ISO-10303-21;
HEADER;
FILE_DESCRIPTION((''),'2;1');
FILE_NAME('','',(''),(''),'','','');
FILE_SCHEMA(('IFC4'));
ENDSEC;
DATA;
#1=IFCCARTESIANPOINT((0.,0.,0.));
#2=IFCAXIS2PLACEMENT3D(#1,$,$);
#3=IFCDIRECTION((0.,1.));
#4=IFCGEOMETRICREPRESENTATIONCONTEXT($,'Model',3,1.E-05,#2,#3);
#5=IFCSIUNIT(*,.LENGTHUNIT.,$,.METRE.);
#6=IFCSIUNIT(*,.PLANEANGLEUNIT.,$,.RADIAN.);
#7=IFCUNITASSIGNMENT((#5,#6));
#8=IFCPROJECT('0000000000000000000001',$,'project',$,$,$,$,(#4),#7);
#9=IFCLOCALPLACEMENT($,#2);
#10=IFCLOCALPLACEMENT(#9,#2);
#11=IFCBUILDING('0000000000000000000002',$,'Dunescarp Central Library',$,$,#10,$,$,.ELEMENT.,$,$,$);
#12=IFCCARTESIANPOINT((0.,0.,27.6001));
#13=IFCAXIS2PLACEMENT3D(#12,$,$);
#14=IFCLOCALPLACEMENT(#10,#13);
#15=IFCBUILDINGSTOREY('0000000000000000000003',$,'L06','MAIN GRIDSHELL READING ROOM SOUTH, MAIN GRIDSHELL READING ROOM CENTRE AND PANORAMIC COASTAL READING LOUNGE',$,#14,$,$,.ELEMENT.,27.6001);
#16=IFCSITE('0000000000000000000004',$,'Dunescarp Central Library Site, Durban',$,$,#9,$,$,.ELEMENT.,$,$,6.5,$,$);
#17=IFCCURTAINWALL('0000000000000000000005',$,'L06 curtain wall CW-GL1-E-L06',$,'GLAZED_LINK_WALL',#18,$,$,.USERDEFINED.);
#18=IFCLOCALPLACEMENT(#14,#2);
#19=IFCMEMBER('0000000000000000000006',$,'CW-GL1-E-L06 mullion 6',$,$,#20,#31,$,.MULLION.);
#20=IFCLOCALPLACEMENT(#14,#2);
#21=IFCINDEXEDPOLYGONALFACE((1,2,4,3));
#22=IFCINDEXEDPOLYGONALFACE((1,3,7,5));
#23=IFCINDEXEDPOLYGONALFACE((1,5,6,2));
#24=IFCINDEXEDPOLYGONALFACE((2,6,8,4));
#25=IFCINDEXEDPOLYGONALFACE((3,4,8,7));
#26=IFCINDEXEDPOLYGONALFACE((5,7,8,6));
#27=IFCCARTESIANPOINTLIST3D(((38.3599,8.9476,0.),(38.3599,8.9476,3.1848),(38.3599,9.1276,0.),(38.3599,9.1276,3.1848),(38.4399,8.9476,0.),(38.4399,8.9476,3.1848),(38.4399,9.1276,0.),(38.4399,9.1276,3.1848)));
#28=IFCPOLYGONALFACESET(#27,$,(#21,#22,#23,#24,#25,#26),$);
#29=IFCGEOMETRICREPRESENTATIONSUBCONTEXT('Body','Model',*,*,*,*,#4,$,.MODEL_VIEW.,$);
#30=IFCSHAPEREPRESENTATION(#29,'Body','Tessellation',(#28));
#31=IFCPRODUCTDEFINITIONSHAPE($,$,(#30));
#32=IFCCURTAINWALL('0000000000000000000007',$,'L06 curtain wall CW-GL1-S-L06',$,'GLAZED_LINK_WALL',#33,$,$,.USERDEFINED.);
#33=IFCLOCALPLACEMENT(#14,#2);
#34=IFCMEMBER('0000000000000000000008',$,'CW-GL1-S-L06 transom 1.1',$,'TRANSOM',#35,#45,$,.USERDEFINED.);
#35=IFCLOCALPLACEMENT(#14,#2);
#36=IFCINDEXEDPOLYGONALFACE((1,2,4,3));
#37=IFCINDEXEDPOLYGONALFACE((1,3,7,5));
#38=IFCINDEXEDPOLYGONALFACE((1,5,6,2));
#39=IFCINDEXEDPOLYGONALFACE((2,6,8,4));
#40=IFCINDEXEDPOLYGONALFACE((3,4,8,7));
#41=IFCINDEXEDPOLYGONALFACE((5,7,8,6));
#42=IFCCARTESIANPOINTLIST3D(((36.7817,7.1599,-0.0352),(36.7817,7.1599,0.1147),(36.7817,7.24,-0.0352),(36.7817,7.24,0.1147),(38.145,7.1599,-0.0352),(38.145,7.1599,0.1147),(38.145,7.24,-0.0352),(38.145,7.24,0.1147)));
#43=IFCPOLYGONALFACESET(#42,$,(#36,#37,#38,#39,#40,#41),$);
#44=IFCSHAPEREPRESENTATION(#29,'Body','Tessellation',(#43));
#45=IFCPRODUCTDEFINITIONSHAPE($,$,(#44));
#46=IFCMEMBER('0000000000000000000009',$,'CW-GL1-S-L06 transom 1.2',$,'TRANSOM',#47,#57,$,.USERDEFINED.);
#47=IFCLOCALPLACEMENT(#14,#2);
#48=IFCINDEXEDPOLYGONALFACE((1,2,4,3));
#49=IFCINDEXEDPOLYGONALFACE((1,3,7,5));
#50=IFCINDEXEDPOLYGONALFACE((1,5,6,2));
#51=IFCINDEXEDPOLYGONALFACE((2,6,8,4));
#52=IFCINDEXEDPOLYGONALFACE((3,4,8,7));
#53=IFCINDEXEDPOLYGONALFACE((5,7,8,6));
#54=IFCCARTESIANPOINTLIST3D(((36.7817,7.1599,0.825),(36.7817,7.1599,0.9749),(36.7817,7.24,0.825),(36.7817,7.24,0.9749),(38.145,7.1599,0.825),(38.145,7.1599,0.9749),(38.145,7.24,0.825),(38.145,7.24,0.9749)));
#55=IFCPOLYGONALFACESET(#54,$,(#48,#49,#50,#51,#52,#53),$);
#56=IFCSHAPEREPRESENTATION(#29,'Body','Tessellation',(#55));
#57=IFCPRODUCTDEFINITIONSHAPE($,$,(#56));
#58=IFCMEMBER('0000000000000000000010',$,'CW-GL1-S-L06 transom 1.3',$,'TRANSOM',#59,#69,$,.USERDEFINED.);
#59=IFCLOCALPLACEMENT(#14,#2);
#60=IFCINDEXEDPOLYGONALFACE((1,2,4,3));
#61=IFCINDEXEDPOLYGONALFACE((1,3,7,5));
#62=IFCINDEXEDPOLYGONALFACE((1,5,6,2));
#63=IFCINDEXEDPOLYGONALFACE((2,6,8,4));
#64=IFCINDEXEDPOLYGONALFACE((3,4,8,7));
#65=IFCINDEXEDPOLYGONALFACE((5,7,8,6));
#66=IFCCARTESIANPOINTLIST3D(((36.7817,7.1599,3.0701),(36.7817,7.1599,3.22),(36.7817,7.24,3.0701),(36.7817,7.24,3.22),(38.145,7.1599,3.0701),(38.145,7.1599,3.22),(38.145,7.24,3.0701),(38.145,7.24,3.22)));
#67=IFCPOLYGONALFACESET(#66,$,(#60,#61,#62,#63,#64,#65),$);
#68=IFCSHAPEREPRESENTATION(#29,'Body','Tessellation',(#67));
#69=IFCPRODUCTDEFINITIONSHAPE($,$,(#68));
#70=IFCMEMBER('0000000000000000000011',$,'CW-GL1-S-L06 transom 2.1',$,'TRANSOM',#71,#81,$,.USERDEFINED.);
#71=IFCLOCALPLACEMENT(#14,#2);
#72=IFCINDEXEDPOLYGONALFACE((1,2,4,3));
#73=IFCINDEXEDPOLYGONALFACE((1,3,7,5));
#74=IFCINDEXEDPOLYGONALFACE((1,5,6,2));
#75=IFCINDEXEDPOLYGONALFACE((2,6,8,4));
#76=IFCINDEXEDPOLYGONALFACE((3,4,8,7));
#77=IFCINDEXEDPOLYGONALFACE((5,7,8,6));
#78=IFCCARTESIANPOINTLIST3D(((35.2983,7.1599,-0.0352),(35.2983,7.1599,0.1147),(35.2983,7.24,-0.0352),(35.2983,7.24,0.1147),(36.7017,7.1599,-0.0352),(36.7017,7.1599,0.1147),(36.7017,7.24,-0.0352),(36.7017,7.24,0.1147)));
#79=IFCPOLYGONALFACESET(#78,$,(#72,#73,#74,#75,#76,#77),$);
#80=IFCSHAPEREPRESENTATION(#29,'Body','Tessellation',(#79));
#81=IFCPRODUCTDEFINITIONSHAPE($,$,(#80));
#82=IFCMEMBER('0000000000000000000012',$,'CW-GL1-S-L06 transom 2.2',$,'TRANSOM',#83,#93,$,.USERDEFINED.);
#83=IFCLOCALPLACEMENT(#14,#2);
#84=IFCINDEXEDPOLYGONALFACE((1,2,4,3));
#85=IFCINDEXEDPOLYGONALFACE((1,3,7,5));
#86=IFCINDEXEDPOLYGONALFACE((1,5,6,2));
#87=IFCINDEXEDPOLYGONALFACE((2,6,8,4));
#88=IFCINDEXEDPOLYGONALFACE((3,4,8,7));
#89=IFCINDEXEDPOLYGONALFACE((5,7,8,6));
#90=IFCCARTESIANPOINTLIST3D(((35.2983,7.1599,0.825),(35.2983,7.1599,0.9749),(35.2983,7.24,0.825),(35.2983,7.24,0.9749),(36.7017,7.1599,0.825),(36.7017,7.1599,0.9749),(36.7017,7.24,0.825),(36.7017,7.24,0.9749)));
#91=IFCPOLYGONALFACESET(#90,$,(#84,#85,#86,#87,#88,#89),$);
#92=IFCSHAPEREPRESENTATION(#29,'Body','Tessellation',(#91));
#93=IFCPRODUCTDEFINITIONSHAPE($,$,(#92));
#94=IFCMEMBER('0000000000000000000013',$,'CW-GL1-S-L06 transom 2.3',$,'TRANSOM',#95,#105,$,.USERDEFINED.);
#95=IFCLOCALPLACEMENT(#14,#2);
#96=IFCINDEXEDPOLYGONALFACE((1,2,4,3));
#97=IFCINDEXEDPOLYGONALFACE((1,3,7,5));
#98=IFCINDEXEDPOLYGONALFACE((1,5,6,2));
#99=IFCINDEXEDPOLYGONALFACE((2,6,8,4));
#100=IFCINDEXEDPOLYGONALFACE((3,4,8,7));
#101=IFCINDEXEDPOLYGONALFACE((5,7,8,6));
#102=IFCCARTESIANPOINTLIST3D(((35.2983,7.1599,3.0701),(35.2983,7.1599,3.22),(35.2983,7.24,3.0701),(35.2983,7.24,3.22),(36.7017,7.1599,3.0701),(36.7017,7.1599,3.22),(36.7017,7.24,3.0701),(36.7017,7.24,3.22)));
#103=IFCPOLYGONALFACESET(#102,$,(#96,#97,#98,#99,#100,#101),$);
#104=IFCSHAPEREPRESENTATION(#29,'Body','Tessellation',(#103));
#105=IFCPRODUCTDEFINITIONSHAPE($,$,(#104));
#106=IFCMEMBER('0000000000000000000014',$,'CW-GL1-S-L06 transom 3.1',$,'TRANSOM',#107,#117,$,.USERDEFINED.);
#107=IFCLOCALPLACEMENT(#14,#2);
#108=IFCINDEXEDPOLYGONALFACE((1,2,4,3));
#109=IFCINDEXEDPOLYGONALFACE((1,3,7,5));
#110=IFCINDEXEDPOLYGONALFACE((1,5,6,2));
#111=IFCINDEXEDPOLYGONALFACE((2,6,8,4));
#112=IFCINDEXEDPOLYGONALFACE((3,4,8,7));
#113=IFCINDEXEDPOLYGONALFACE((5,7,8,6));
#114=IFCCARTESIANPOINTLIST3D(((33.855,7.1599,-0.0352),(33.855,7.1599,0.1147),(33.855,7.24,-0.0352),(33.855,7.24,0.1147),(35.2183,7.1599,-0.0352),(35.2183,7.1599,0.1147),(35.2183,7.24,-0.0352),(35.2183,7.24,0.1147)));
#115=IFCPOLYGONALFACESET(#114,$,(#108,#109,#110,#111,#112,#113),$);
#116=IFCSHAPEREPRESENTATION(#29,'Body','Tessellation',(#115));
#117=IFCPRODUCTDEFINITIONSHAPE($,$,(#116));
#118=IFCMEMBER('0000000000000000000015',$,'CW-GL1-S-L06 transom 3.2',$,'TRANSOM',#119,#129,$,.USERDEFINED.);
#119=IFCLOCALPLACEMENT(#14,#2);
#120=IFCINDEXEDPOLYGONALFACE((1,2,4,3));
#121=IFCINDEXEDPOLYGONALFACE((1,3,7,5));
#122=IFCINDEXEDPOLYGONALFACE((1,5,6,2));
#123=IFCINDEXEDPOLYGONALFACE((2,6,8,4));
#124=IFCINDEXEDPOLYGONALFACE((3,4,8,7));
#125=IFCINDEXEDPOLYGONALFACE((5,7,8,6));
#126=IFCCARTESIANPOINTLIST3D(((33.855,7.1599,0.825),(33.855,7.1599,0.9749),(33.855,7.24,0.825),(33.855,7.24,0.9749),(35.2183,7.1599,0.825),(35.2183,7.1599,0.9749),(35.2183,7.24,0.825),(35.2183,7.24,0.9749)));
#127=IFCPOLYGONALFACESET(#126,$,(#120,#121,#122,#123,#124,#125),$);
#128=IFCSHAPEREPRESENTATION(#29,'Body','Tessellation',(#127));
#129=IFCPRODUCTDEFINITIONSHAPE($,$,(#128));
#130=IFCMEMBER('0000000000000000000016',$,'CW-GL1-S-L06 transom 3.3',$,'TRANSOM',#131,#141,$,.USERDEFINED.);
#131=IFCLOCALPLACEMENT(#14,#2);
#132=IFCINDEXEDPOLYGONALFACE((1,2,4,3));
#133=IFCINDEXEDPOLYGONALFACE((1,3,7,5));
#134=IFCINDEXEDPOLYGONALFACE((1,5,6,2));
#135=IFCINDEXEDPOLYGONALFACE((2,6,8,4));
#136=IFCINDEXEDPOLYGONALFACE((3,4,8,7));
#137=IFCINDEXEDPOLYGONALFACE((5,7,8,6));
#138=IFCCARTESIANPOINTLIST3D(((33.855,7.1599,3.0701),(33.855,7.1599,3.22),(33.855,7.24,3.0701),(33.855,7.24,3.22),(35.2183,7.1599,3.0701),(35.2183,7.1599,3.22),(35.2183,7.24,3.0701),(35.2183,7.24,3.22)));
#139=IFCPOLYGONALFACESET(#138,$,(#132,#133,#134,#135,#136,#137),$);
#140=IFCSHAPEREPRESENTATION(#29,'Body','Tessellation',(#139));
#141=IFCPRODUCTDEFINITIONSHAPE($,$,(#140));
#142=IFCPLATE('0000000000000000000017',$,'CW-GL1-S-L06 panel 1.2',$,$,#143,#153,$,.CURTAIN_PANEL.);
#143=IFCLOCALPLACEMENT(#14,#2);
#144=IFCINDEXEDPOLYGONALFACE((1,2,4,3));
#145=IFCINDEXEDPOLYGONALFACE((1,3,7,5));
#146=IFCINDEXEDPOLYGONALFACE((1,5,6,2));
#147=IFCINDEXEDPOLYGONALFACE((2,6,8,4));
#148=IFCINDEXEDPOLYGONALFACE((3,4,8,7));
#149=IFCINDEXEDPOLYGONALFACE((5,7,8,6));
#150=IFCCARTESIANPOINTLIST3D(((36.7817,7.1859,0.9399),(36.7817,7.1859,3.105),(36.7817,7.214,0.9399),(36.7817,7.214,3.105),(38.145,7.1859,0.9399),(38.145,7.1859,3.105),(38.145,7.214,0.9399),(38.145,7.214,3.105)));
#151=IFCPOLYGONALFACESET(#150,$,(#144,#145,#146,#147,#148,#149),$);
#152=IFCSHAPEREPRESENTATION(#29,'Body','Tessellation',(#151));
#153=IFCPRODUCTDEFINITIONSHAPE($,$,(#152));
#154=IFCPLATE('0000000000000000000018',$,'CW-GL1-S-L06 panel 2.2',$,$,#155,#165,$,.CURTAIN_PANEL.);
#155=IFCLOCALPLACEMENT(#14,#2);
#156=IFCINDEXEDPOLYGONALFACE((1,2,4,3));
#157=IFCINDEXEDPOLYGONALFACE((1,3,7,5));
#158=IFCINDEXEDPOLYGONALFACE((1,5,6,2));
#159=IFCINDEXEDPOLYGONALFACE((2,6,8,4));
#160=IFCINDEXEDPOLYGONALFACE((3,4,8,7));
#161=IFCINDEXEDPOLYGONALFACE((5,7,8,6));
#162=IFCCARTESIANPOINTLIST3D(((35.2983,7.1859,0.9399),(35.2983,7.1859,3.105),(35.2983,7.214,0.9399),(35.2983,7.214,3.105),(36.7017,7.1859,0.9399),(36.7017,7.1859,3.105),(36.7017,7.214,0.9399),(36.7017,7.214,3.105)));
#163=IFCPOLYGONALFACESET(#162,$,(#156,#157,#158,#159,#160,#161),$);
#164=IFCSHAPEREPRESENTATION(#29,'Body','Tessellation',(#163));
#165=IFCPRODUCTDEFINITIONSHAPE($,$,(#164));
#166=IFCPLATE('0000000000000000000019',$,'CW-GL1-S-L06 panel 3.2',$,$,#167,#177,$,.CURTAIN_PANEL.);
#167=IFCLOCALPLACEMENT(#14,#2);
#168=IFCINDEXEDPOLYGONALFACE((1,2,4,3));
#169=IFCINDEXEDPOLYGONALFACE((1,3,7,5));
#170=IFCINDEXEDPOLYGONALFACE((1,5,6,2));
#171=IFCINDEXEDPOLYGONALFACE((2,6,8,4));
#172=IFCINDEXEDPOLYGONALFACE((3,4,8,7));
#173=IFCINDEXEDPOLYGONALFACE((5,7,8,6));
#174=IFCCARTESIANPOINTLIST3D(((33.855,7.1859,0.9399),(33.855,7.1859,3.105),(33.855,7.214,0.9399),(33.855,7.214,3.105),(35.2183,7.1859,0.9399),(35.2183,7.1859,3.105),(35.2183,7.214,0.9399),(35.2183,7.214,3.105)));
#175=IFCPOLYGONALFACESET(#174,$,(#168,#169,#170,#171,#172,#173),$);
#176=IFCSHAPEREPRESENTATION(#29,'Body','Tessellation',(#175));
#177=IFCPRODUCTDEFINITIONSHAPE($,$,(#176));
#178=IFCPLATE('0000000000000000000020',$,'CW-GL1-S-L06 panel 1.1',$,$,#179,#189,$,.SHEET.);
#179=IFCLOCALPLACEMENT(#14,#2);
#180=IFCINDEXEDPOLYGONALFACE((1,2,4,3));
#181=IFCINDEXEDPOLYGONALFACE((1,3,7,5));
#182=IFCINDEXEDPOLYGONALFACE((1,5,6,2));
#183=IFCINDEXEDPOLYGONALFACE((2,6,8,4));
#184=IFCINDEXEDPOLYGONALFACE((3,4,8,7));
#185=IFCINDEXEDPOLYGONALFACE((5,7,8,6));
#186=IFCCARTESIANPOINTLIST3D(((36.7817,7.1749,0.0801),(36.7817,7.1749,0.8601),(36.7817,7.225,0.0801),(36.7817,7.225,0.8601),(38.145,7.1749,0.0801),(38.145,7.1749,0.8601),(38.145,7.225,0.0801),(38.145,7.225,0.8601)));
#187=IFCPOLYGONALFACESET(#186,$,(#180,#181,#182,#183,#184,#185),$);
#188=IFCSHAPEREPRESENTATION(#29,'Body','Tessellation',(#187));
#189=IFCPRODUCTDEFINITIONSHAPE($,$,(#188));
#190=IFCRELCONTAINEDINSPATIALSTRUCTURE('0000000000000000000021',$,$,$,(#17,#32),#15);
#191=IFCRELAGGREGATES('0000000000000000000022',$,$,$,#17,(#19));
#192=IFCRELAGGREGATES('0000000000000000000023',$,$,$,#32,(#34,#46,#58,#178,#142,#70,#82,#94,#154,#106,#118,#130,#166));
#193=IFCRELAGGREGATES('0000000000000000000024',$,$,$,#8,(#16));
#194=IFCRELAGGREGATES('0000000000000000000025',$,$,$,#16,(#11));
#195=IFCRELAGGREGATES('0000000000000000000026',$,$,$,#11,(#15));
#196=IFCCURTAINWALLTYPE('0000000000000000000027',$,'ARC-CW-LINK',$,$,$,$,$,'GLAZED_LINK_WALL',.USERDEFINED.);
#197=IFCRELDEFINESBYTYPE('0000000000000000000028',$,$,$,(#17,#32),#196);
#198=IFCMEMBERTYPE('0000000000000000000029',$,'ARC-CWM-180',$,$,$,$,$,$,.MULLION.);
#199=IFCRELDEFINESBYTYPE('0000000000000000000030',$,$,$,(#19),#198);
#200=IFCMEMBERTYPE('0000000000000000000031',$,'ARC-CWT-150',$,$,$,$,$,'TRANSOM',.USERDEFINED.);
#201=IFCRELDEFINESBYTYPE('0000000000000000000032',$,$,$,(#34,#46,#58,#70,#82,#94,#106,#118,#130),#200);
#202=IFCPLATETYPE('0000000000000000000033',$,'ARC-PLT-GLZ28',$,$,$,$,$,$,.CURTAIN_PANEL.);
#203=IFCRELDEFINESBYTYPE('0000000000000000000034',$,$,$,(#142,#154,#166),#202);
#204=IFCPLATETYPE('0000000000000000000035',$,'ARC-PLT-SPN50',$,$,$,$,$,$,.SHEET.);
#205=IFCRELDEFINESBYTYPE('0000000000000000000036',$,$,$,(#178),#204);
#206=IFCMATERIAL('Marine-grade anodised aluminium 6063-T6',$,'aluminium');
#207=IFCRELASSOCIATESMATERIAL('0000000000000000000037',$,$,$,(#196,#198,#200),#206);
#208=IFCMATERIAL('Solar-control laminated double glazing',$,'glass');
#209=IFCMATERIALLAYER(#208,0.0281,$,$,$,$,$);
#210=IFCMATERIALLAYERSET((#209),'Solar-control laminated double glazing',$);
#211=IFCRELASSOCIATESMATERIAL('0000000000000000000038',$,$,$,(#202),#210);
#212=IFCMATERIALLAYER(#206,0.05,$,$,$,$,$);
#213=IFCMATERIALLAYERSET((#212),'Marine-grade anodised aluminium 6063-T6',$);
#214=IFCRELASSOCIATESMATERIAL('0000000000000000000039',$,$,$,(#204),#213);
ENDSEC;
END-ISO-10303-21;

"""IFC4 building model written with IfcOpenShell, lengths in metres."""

from ifc_helpers import new_model, si_unit, direction, frame, origin, origin_2d, place, context, subcontext, project, spatial, rectangle, extrude, material, layer, layer_set, material_profile, profile_set, type_object, element, aggregate, save


model = new_model("IFC4")

# Units and contexts
model_context = context("Model", 3, precision=1e-05, world=origin(), true_north=direction((0.0, 1.0)))
body_context = subcontext(model_context, "Body", "Model", "MODEL_VIEW")
ifc_project = project(units=[si_unit("LENGTHUNIT", "METRE"), si_unit("PLANEANGLEUNIT", "RADIAN")], contexts=[model_context])

# Site, building, storey
site_placement = place(None, origin())
site = spatial("IfcSite", under=ifc_project, at=site_placement, Name="Dunescarp Central Library Site, Durban", CompositionType="ELEMENT", RefElevation=6.5)
building_placement = place(site_placement, origin())
building = spatial("IfcBuilding", under=site, at=building_placement, Name="Dunescarp Central Library", CompositionType="ELEMENT")
storey_placement = place(building_placement, frame((0.0, 0.0, 27.6001)))
storey = spatial("IfcBuildingStorey", under=building, at=storey_placement, Name="L06", Description="MAIN GRIDSHELL READING ROOM SOUTH, MAIN GRIDSHELL READING ROOM CENTRE AND PANORAMIC COASTAL READING LOUNGE", CompositionType="ELEMENT", Elevation=27.6001)

# Curtain wall, member
ifc_material_1 = material(Name="Marine-grade anodised aluminium 6063-T6", Category="aluminium")
curtain_wall_type = type_object("IfcCurtainWallType", Name="ARC-CW-LINK", ElementType="GLAZED_LINK_WALL", PredefinedType="USERDEFINED", material=ifc_material_1)
curtain_wall_1_placement = place(storey_placement, origin())
curtain_wall_1 = element("IfcCurtainWall", 1, at=curtain_wall_1_placement, inside=storey, type_object=curtain_wall_type, Name="L06 curtain wall CW-GL1-E-L06", ObjectType="GLAZED_LINK_WALL", PredefinedType="USERDEFINED")
ifc_material_profile_1 = material_profile(ifc_material_1, rectangle(XDim=0.0801, YDim=0.1799, at=origin_2d()), Name="AL 80x180")
ifc_profile_set_1 = profile_set([ifc_material_profile_1], Name="Marine-grade anodised aluminium 6063-T6")
member_type_1 = type_object("IfcMemberType", Name="ARC-CWM-180", PredefinedType="MULLION", material=ifc_profile_set_1)
member_1_placement = place(storey_placement, frame((38.3999, 9.0376, 0.0), z_axis=(0.0, 0.0, 1.0), x_axis=(1.0, 0.0, 0.0)))
member_1 = element("IfcMember", 2, at=member_1_placement, type_object=member_type_1, Name="CW-GL1-E-L06 mullion 6", PredefinedType="MULLION", context=body_context, shape_type="SweptSolid", body=[
    extrude(rectangle(XDim=0.0801, YDim=0.1799, at=origin_2d()), origin(), (0.0, 0.0, 1.0), 3.1848),
])
aggregate(curtain_wall_1, [member_1])

# Curtain wall, members, plates
curtain_wall_2_placement = place(storey_placement, origin())
curtain_wall_2 = element("IfcCurtainWall", 3, at=curtain_wall_2_placement, inside=storey, type_object=curtain_wall_type, Name="L06 curtain wall CW-GL1-S-L06", ObjectType="GLAZED_LINK_WALL", PredefinedType="USERDEFINED")
ifc_material_profile_2 = material_profile(ifc_material_1, rectangle(XDim=0.0801, YDim=0.1499, at=origin_2d()), Name="AL 80x150")
ifc_profile_set_2 = profile_set([ifc_material_profile_2], Name="Marine-grade anodised aluminium 6063-T6")
member_type_2 = type_object("IfcMemberType", Name="ARC-CWT-150", ElementType="TRANSOM", PredefinedType="USERDEFINED", material=ifc_profile_set_2)
member_2_placement = place(storey_placement, frame((38.145, 7.2, 0.0398), z_axis=(-1.0, 0.0, 0.0), x_axis=(0.0, -1.0, 0.0)))
member_2 = element("IfcMember", 4, at=member_2_placement, type_object=member_type_2, Name="CW-GL1-S-L06 transom 1.1", ObjectType="TRANSOM", PredefinedType="USERDEFINED", context=body_context, shape_type="SweptSolid", body=[
    extrude(rectangle(XDim=0.0801, YDim=0.1499, at=origin_2d()), origin(), (0.0, 0.0, 1.0), 1.3633),
])
member_3_placement = place(storey_placement, frame((38.145, 7.2, 0.8999), z_axis=(-1.0, 0.0, 0.0), x_axis=(0.0, -1.0, 0.0)))
member_3 = element("IfcMember", 5, at=member_3_placement, type_object=member_type_2, Name="CW-GL1-S-L06 transom 1.2", ObjectType="TRANSOM", PredefinedType="USERDEFINED", context=body_context, shape_type="SweptSolid", body=[
    extrude(rectangle(XDim=0.0801, YDim=0.1499, at=origin_2d()), origin(), (0.0, 0.0, 1.0), 1.3633),
])
member_4_placement = place(storey_placement, frame((38.145, 7.2, 3.145), z_axis=(-1.0, 0.0, 0.0), x_axis=(0.0, -1.0, 0.0)))
member_4 = element("IfcMember", 6, at=member_4_placement, type_object=member_type_2, Name="CW-GL1-S-L06 transom 1.3", ObjectType="TRANSOM", PredefinedType="USERDEFINED", context=body_context, shape_type="SweptSolid", body=[
    extrude(rectangle(XDim=0.0801, YDim=0.1499, at=origin_2d()), origin(), (0.0, 0.0, 1.0), 1.3633),
])
member_5_placement = place(storey_placement, frame((36.7017, 7.2, 0.0398), z_axis=(-1.0, 0.0, 0.0), x_axis=(0.0, -1.0, 0.0)))
member_5 = element("IfcMember", 7, at=member_5_placement, type_object=member_type_2, Name="CW-GL1-S-L06 transom 2.1", ObjectType="TRANSOM", PredefinedType="USERDEFINED", context=body_context, shape_type="SweptSolid", body=[
    extrude(rectangle(XDim=0.0801, YDim=0.1499, at=origin_2d()), origin(), (0.0, 0.0, 1.0), 1.4033),
])
member_6_placement = place(storey_placement, frame((36.7017, 7.2, 0.8999), z_axis=(-1.0, 0.0, 0.0), x_axis=(0.0, -1.0, 0.0)))
member_6 = element("IfcMember", 8, at=member_6_placement, type_object=member_type_2, Name="CW-GL1-S-L06 transom 2.2", ObjectType="TRANSOM", PredefinedType="USERDEFINED", context=body_context, shape_type="SweptSolid", body=[
    extrude(rectangle(XDim=0.0801, YDim=0.1499, at=origin_2d()), origin(), (0.0, 0.0, 1.0), 1.4033),
])
member_7_placement = place(storey_placement, frame((36.7017, 7.2, 3.145), z_axis=(-1.0, 0.0, 0.0), x_axis=(0.0, -1.0, 0.0)))
member_7 = element("IfcMember", 9, at=member_7_placement, type_object=member_type_2, Name="CW-GL1-S-L06 transom 2.3", ObjectType="TRANSOM", PredefinedType="USERDEFINED", context=body_context, shape_type="SweptSolid", body=[
    extrude(rectangle(XDim=0.0801, YDim=0.1499, at=origin_2d()), origin(), (0.0, 0.0, 1.0), 1.4033),
])
member_8_placement = place(storey_placement, frame((35.2183, 7.2, 0.0398), z_axis=(-1.0, 0.0, 0.0), x_axis=(0.0, -1.0, 0.0)))
member_8 = element("IfcMember", 10, at=member_8_placement, type_object=member_type_2, Name="CW-GL1-S-L06 transom 3.1", ObjectType="TRANSOM", PredefinedType="USERDEFINED", context=body_context, shape_type="SweptSolid", body=[
    extrude(rectangle(XDim=0.0801, YDim=0.1499, at=origin_2d()), origin(), (0.0, 0.0, 1.0), 1.3633),
])
member_9_placement = place(storey_placement, frame((35.2183, 7.2, 0.8999), z_axis=(-1.0, 0.0, 0.0), x_axis=(0.0, -1.0, 0.0)))
member_9 = element("IfcMember", 11, at=member_9_placement, type_object=member_type_2, Name="CW-GL1-S-L06 transom 3.2", ObjectType="TRANSOM", PredefinedType="USERDEFINED", context=body_context, shape_type="SweptSolid", body=[
    extrude(rectangle(XDim=0.0801, YDim=0.1499, at=origin_2d()), origin(), (0.0, 0.0, 1.0), 1.3633),
])
member_10_placement = place(storey_placement, frame((35.2183, 7.2, 3.145), z_axis=(-1.0, 0.0, 0.0), x_axis=(0.0, -1.0, 0.0)))
member_10 = element("IfcMember", 12, at=member_10_placement, type_object=member_type_2, Name="CW-GL1-S-L06 transom 3.3", ObjectType="TRANSOM", PredefinedType="USERDEFINED", context=body_context, shape_type="SweptSolid", body=[
    extrude(rectangle(XDim=0.0801, YDim=0.1499, at=origin_2d()), origin(), (0.0, 0.0, 1.0), 1.3633),
])
ifc_material_2 = material(Name="Solar-control laminated double glazing", Category="glass")
ifc_layer_1 = layer(ifc_material_2, 0.0281)
ifc_layer_set_1 = layer_set([ifc_layer_1], Name="Solar-control laminated double glazing")
plate_type_1 = type_object("IfcPlateType", Name="ARC-PLT-GLZ28", PredefinedType="CURTAIN_PANEL", material=ifc_layer_set_1)
plate_1_placement = place(storey_placement, frame((37.4634, 7.2, 0.9399), z_axis=(0.0, 0.0, 1.0), x_axis=(-1.0, 0.0, 0.0)))
plate_1 = element("IfcPlate", 13, at=plate_1_placement, type_object=plate_type_1, Name="CW-GL1-S-L06 panel 1.2", PredefinedType="CURTAIN_PANEL", context=body_context, shape_type="SweptSolid", body=[
    extrude(rectangle(XDim=1.3633, YDim=0.0281, at=origin_2d()), origin(), (0.0, 0.0, 1.0), 2.165),
])
plate_2_placement = place(storey_placement, frame((36.0, 7.2, 0.9399), z_axis=(0.0, 0.0, 1.0), x_axis=(-1.0, 0.0, 0.0)))
plate_2 = element("IfcPlate", 14, at=plate_2_placement, type_object=plate_type_1, Name="CW-GL1-S-L06 panel 2.2", PredefinedType="CURTAIN_PANEL", context=body_context, shape_type="SweptSolid", body=[
    extrude(rectangle(XDim=1.4033, YDim=0.0281, at=origin_2d()), origin(), (0.0, 0.0, 1.0), 2.165),
])
plate_3_placement = place(storey_placement, frame((34.5366, 7.2, 0.9399), z_axis=(0.0, 0.0, 1.0), x_axis=(-1.0, 0.0, 0.0)))
plate_3 = element("IfcPlate", 15, at=plate_3_placement, type_object=plate_type_1, Name="CW-GL1-S-L06 panel 3.2", PredefinedType="CURTAIN_PANEL", context=body_context, shape_type="SweptSolid", body=[
    extrude(rectangle(XDim=1.3633, YDim=0.0281, at=origin_2d()), origin(), (0.0, 0.0, 1.0), 2.165),
])
ifc_layer_2 = layer(ifc_material_1, 0.05)
ifc_layer_set_2 = layer_set([ifc_layer_2], Name="Marine-grade anodised aluminium 6063-T6")
plate_type_2 = type_object("IfcPlateType", Name="ARC-PLT-SPN50", PredefinedType="SHEET", material=ifc_layer_set_2)
plate_4_placement = place(storey_placement, frame((37.4634, 7.2, 0.0801), z_axis=(0.0, 0.0, 1.0), x_axis=(-1.0, 0.0, 0.0)))
plate_4 = element("IfcPlate", 16, at=plate_4_placement, type_object=plate_type_2, Name="CW-GL1-S-L06 panel 1.1", PredefinedType="SHEET", context=body_context, shape_type="SweptSolid", body=[
    extrude(rectangle(XDim=1.3633, YDim=0.05, at=origin_2d()), origin(), (0.0, 0.0, 1.0), 0.78),
])
aggregate(curtain_wall_2, [member_2, member_3, member_4, plate_4, plate_1, member_5, member_6, member_7, plate_2, member_8, member_9, member_10, plate_3])

save(model, "model.ifc")
